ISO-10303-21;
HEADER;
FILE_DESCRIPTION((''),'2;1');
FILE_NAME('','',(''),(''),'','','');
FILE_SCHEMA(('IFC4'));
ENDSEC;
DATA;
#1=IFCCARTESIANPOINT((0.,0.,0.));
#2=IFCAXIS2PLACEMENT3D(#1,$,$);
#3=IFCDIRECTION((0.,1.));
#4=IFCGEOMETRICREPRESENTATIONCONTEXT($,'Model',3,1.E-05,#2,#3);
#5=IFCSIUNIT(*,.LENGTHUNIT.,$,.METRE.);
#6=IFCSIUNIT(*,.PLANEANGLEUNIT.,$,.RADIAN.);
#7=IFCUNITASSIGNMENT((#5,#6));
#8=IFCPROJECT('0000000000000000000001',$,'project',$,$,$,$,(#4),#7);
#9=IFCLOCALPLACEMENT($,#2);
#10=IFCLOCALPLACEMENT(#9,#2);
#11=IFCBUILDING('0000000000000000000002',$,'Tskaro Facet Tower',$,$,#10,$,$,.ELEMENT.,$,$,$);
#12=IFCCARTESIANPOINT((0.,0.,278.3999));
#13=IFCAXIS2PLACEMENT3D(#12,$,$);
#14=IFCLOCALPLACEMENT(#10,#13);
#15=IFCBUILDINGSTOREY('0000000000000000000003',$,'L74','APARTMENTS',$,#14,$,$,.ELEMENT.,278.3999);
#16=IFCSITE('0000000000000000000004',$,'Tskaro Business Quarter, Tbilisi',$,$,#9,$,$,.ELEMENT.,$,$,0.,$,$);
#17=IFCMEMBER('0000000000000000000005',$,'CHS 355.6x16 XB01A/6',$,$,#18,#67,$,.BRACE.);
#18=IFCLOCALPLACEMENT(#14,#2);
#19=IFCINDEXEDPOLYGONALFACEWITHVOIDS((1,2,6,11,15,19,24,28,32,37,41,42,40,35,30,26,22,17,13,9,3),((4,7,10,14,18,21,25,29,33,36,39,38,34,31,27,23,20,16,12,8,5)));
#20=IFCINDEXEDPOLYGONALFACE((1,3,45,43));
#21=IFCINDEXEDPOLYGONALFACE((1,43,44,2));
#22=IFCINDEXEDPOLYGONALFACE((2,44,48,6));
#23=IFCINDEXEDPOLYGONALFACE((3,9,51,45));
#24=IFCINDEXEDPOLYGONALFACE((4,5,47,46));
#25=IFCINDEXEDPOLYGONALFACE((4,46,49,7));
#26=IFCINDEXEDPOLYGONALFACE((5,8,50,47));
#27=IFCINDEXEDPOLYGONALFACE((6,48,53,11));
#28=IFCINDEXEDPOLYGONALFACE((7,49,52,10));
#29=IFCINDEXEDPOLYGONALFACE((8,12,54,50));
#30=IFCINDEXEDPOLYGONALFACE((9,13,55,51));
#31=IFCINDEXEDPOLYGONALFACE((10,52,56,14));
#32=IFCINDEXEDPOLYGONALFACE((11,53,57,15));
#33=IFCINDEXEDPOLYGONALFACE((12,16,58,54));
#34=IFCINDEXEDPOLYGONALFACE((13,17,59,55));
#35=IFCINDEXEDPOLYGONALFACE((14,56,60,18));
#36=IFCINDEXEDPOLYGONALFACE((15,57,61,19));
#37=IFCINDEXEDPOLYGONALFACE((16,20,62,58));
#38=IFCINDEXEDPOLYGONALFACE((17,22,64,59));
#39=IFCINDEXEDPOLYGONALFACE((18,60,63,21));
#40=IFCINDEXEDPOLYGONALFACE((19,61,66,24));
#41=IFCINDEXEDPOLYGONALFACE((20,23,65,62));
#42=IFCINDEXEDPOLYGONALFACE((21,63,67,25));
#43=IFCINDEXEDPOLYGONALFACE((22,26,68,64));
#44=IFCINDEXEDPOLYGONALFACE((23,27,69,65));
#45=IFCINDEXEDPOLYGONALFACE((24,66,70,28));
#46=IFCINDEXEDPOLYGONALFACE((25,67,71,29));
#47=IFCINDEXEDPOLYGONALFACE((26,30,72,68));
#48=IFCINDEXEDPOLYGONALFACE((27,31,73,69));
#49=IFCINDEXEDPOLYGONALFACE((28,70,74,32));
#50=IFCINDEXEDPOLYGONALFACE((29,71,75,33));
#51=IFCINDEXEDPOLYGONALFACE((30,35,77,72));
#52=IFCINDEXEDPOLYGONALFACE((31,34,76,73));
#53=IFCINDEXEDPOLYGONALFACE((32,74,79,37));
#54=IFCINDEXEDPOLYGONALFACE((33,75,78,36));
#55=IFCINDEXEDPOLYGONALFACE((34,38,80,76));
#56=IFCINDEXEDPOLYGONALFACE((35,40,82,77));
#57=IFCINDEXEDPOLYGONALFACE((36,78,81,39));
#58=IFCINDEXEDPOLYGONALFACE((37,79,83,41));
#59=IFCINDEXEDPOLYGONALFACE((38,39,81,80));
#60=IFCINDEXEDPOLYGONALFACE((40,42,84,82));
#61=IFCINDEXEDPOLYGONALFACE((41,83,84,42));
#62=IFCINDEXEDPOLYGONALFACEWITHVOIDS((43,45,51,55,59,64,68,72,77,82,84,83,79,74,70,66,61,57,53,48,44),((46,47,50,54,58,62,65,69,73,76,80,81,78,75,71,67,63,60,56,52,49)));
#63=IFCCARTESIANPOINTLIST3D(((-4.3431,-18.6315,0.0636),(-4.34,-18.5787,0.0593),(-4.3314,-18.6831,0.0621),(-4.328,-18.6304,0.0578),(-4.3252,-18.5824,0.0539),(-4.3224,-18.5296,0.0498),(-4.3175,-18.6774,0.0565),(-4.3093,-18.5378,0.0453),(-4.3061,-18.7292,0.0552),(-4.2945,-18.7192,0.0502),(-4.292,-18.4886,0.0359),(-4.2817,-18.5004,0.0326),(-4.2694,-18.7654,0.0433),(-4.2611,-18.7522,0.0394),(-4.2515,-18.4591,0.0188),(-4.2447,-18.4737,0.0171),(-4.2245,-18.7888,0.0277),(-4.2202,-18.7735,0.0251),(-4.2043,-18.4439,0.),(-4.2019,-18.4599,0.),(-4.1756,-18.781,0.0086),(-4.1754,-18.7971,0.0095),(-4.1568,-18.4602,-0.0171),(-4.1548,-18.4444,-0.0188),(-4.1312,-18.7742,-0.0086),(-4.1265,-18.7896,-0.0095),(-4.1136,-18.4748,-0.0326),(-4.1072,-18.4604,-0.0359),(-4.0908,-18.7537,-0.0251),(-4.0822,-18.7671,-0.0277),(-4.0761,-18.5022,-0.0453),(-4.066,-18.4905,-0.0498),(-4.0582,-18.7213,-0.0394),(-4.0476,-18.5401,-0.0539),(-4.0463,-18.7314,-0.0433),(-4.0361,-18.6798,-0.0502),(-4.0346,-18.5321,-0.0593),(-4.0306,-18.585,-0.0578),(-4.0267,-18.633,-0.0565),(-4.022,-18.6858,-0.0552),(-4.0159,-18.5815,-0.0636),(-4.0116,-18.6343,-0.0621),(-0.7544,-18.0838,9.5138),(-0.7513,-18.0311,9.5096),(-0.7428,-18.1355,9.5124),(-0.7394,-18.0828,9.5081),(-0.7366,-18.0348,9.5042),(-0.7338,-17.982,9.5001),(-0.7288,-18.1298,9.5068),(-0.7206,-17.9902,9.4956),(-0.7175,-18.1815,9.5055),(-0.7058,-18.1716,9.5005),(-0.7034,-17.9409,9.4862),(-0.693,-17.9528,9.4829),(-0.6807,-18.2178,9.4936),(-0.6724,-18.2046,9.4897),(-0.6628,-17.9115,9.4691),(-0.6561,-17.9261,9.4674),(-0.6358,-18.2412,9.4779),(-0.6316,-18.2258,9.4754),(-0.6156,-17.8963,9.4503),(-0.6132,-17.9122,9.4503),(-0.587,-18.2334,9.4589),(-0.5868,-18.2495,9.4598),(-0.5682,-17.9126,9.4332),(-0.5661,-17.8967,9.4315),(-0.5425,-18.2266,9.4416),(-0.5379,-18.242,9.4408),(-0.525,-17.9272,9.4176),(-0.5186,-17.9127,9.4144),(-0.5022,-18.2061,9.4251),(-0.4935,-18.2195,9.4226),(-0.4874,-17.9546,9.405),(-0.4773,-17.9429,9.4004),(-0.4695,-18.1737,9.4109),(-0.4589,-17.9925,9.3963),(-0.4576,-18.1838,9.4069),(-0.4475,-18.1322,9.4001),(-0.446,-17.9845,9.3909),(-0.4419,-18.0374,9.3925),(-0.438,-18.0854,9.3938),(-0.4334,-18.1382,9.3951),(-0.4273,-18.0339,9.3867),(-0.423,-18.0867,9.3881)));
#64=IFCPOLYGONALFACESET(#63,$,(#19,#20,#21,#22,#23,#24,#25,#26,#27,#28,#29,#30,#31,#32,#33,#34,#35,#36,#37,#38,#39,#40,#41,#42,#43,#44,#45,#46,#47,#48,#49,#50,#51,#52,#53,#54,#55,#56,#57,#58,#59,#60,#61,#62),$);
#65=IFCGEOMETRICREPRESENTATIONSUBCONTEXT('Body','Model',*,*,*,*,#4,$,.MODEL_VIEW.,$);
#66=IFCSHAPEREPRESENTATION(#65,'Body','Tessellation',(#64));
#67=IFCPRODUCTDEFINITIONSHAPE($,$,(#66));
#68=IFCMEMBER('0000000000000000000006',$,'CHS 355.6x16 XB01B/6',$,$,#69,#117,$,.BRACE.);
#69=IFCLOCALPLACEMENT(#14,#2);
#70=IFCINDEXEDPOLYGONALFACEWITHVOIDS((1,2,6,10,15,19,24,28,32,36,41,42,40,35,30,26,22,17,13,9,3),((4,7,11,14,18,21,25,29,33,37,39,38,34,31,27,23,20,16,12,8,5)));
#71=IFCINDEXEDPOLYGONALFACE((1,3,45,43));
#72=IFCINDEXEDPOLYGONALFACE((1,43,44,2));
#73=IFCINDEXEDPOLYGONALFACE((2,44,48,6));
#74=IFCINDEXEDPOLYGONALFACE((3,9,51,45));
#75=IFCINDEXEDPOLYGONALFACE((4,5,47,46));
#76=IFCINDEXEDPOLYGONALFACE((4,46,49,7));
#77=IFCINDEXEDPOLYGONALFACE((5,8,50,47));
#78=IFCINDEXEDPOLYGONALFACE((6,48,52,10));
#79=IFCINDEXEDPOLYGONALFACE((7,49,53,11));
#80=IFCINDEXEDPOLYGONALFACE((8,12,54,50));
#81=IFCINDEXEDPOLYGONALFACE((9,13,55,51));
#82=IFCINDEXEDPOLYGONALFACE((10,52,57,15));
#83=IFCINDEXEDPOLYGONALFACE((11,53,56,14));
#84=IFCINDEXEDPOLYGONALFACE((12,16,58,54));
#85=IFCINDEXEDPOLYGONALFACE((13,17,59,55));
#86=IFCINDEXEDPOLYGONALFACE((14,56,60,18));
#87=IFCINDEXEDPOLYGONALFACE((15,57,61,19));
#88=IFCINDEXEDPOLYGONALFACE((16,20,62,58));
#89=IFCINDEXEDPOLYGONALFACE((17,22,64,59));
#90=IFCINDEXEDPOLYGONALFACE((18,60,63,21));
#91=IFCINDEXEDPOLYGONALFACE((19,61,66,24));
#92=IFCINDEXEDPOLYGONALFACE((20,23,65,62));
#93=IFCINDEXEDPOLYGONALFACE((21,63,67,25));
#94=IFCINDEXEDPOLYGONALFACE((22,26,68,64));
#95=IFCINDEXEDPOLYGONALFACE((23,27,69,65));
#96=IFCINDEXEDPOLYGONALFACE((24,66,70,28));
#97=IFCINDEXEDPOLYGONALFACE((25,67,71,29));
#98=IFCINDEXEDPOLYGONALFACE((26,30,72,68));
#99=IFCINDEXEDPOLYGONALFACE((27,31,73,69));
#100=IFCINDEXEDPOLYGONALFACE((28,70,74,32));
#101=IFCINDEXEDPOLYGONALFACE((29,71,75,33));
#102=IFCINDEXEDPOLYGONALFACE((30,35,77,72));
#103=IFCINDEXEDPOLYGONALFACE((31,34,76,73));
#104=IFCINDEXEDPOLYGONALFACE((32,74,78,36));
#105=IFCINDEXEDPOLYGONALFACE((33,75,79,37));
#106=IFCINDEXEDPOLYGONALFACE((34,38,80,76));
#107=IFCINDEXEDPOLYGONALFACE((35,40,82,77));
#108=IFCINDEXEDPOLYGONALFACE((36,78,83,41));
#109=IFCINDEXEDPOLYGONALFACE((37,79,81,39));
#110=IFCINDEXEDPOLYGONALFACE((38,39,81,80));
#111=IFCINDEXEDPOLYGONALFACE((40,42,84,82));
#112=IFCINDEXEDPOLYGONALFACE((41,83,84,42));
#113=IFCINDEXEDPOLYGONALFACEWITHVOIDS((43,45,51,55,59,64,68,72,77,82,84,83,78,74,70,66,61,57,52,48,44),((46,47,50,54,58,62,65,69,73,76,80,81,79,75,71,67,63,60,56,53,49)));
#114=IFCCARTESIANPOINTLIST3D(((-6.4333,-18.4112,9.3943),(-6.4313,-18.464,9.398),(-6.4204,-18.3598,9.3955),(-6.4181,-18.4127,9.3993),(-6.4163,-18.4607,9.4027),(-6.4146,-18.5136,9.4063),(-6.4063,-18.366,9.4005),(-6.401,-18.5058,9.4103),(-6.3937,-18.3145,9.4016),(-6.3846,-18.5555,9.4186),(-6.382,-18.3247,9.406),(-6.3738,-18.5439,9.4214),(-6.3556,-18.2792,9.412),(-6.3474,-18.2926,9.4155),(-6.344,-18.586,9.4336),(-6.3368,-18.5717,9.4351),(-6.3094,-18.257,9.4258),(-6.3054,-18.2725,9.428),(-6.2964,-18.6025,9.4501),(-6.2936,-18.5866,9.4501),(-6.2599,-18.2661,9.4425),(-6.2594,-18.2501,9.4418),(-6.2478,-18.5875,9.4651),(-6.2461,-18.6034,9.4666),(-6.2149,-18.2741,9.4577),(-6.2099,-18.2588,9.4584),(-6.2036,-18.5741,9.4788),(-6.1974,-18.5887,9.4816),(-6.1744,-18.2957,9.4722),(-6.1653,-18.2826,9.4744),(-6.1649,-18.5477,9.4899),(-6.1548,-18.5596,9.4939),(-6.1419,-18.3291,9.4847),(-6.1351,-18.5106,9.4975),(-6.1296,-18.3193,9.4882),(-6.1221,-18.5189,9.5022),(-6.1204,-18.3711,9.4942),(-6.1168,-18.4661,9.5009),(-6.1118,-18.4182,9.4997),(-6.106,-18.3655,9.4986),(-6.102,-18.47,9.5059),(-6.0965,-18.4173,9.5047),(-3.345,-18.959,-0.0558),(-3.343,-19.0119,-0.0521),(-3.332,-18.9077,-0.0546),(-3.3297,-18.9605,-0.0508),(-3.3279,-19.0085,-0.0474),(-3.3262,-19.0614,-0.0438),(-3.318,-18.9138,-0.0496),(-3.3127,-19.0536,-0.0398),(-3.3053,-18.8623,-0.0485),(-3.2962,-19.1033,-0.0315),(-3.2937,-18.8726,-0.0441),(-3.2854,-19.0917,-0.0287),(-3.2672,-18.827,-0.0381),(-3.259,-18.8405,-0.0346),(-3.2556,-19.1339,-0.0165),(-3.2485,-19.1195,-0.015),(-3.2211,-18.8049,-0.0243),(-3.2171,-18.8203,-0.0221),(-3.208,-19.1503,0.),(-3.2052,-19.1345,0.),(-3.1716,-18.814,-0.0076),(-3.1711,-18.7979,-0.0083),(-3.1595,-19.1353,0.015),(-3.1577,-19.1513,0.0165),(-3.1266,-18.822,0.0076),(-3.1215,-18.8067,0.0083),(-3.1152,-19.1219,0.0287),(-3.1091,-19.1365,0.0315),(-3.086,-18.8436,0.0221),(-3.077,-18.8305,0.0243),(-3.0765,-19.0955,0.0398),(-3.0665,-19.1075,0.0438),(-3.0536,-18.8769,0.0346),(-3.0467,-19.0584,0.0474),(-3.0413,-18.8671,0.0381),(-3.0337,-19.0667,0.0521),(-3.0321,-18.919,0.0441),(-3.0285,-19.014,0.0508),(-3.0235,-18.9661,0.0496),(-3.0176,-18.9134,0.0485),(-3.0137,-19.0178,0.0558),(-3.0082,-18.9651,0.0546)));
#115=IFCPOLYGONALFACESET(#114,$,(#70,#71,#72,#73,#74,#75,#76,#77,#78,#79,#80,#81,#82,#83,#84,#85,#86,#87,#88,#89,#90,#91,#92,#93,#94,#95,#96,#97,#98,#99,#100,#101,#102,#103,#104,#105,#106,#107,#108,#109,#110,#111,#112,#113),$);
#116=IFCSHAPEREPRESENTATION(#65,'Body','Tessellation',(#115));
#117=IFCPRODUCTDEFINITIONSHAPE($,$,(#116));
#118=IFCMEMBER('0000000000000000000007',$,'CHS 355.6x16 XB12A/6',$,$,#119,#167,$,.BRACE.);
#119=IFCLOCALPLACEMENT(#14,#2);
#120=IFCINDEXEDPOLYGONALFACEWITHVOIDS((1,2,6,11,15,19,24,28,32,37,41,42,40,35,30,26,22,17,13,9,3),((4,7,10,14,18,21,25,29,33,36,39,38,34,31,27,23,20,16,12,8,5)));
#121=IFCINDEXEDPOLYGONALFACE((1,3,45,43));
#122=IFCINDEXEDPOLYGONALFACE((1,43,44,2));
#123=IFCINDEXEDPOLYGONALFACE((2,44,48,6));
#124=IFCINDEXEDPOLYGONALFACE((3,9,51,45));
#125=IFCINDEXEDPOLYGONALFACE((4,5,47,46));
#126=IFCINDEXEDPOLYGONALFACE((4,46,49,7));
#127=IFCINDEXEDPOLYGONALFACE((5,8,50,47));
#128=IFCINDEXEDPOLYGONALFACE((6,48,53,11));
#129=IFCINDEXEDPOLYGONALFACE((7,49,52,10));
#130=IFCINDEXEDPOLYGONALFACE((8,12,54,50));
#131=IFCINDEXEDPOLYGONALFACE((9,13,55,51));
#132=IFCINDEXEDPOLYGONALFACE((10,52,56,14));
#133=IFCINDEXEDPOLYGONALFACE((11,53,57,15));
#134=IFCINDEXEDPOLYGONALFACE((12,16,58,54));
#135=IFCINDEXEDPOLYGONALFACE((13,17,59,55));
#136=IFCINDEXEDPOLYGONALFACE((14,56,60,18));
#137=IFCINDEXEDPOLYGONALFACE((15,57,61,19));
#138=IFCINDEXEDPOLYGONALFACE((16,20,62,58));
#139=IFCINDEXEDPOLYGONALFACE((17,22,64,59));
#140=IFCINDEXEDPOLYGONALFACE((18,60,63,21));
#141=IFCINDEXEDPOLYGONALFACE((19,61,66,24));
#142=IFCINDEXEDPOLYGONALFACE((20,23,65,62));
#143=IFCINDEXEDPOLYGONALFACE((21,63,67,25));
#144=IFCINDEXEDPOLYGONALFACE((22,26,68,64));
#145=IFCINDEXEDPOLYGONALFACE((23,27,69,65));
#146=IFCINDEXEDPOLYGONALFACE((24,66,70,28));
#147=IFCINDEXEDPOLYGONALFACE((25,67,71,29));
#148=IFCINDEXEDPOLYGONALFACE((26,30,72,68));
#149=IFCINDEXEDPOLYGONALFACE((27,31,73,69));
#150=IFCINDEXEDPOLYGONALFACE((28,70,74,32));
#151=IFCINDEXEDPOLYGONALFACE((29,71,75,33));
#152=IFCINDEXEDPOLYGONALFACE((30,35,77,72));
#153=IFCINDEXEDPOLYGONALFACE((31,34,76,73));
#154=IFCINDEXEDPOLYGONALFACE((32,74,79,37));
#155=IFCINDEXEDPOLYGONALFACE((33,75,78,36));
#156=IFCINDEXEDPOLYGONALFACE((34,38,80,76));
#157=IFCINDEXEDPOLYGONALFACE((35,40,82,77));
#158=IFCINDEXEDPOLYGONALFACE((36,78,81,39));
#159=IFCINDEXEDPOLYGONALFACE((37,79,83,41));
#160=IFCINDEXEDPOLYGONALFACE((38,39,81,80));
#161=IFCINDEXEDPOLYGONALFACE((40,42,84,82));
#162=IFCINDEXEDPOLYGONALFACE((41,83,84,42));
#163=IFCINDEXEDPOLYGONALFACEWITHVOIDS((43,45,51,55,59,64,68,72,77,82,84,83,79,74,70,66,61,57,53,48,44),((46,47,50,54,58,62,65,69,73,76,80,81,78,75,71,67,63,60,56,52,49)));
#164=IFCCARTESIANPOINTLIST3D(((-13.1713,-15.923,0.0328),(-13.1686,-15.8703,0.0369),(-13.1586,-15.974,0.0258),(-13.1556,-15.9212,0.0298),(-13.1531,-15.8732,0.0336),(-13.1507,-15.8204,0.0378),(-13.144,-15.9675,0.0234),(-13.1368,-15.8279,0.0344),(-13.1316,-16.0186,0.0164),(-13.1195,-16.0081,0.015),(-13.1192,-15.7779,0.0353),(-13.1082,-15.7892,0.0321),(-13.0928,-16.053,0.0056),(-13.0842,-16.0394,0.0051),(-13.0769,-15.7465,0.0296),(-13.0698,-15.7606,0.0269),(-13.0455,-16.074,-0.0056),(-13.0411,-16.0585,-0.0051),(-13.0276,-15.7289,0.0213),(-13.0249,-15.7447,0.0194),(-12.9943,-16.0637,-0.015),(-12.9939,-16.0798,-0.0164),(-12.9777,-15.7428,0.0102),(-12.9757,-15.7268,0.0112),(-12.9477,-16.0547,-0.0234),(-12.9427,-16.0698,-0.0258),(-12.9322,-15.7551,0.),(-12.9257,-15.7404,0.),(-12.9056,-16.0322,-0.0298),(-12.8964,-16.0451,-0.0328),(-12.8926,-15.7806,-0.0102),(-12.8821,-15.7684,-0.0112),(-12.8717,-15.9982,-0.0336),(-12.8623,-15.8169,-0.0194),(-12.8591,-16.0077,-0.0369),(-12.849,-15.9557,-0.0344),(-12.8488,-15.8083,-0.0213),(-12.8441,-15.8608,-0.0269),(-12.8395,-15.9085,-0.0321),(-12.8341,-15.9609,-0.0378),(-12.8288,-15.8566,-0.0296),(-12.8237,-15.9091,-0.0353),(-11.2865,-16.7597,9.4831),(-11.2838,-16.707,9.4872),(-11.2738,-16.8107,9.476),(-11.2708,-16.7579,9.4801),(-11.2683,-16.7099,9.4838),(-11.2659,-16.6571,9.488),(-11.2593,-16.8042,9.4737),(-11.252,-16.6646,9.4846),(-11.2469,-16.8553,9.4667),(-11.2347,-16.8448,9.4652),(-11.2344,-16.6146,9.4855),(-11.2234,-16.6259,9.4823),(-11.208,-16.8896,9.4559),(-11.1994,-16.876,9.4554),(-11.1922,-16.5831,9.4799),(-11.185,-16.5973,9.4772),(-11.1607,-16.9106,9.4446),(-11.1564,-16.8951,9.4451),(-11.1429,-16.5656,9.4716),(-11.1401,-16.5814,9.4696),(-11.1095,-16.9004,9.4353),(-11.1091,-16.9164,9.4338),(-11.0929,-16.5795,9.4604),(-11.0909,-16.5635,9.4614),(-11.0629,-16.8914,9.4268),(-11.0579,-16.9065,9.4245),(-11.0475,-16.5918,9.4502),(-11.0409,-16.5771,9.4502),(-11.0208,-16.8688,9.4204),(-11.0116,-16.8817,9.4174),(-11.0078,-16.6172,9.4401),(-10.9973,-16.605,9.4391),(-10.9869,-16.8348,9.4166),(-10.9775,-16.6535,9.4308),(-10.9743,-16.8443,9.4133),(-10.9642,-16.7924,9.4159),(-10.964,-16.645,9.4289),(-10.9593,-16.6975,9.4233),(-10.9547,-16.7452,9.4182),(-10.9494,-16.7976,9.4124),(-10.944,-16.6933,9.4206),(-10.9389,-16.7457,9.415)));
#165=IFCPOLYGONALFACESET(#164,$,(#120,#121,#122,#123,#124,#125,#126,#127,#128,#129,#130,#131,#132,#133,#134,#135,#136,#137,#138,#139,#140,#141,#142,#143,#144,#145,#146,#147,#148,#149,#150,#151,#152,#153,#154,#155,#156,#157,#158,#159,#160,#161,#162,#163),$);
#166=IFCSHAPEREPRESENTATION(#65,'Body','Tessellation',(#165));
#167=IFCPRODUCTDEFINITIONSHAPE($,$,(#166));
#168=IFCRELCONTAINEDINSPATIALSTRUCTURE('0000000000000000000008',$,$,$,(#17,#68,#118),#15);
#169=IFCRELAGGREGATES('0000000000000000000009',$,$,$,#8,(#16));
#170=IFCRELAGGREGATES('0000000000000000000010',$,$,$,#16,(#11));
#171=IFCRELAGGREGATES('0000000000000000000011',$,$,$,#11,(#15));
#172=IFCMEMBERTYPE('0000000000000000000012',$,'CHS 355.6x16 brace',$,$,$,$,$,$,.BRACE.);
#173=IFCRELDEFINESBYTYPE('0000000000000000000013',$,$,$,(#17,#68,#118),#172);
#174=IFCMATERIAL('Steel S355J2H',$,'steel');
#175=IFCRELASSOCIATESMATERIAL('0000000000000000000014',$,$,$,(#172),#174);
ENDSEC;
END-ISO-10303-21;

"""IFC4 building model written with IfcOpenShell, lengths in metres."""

from ifc_helpers import new_model, si_unit, direction, frame, origin, origin_2d, place, context, subcontext, project, spatial, hollow_circle, extrude, material, material_profile, profile_set, type_object, element, save


model = new_model("IFC4")

# Units and contexts
model_context = context("Model", 3, precision=1e-05, world=origin(), true_north=direction((0.0, 1.0)))
body_context = subcontext(model_context, "Body", "Model", "MODEL_VIEW")
ifc_project = project(units=[si_unit("LENGTHUNIT", "METRE"), si_unit("PLANEANGLEUNIT", "RADIAN")], contexts=[model_context])

# Site, building, storey
site_placement = place(None, origin())
site = spatial("IfcSite", under=ifc_project, at=site_placement, Name="Tskaro Business Quarter, Tbilisi", CompositionType="ELEMENT", RefElevation=0.0)
building_placement = place(site_placement, origin())
building = spatial("IfcBuilding", under=site, at=building_placement, Name="Tskaro Facet Tower", CompositionType="ELEMENT")
storey_placement = place(building_placement, frame((0.0, 0.0, 278.3999)))
storey = spatial("IfcBuildingStorey", under=building, at=storey_placement, Name="L74", Description="APARTMENTS", CompositionType="ELEMENT", Elevation=278.3999)

# Shared definitions
ifc_material_1 = material(Name="Steel S355J2H", Category="steel")

# Members
ifc_material_profile_1 = material_profile(ifc_material_1, hollow_circle(Radius=0.1777, WallThickness=0.0161, at=origin_2d()), Name="CHS 355.6x16")
ifc_profile_set_1 = profile_set([ifc_material_profile_1], Name="Steel S355J2H")
member_type_1 = type_object("IfcMemberType", Name="CHS 355.6x16 brace", PredefinedType="BRACE", material=ifc_profile_set_1)
member_1_placement = place(storey_placement, frame((-4.1775, -18.6196, 0.0), z_axis=(0.354486, 0.054093, 0.933495), x_axis=(-0.150849, 0.988557, 0.0)))
element("IfcMember", 1, at=member_1_placement, inside=storey, type_object=member_type_1, Name="CHS 355.6x16 XB01A/6", PredefinedType="BRACE", context=body_context, shape_type="SweptSolid", body=[
    extrude(hollow_circle(Radius=0.1777, WallThickness=0.0161, at=origin_2d()), origin(), (0.0, 0.0, 1.0), 10.1235),
])
member_2_placement = place(storey_placement, frame((-3.177, -18.9753, 0.0), z_axis=(-0.310168, 0.055021, 0.949088), x_axis=(-0.174664, -0.984628, 0.0)))
element("IfcMember", 2, at=member_2_placement, inside=storey, type_object=member_type_1, Name="CHS 355.6x16 XB01B/6", PredefinedType="BRACE", context=body_context, shape_type="SweptSolid", body=[
    extrude(hollow_circle(Radius=0.1777, WallThickness=0.0161, at=origin_2d()), origin(), (0.0, 0.0, 1.0), 9.957),
])
for number, where, z_axis, x_axis, name in (
    (3, (-12.9978, -15.9028, 0.0), (0.194857, -0.086499, 0.97701), (0.405732, 0.913992, 0.0), "CHS 355.6x16 XB12A/6"),
):
    element("IfcMember", number, at=place(storey_placement, frame(where, z_axis=z_axis, x_axis=x_axis)), inside=storey, type_object=member_type_1, Name=name, PredefinedType="BRACE", context=body_context, shape_type="SweptSolid", body=[
        extrude(hollow_circle(Radius=0.1777, WallThickness=0.0161, at=origin_2d()), origin(), (0.0, 0.0, 1.0), 9.6726),
    ])

save(model, "model.ifc")
